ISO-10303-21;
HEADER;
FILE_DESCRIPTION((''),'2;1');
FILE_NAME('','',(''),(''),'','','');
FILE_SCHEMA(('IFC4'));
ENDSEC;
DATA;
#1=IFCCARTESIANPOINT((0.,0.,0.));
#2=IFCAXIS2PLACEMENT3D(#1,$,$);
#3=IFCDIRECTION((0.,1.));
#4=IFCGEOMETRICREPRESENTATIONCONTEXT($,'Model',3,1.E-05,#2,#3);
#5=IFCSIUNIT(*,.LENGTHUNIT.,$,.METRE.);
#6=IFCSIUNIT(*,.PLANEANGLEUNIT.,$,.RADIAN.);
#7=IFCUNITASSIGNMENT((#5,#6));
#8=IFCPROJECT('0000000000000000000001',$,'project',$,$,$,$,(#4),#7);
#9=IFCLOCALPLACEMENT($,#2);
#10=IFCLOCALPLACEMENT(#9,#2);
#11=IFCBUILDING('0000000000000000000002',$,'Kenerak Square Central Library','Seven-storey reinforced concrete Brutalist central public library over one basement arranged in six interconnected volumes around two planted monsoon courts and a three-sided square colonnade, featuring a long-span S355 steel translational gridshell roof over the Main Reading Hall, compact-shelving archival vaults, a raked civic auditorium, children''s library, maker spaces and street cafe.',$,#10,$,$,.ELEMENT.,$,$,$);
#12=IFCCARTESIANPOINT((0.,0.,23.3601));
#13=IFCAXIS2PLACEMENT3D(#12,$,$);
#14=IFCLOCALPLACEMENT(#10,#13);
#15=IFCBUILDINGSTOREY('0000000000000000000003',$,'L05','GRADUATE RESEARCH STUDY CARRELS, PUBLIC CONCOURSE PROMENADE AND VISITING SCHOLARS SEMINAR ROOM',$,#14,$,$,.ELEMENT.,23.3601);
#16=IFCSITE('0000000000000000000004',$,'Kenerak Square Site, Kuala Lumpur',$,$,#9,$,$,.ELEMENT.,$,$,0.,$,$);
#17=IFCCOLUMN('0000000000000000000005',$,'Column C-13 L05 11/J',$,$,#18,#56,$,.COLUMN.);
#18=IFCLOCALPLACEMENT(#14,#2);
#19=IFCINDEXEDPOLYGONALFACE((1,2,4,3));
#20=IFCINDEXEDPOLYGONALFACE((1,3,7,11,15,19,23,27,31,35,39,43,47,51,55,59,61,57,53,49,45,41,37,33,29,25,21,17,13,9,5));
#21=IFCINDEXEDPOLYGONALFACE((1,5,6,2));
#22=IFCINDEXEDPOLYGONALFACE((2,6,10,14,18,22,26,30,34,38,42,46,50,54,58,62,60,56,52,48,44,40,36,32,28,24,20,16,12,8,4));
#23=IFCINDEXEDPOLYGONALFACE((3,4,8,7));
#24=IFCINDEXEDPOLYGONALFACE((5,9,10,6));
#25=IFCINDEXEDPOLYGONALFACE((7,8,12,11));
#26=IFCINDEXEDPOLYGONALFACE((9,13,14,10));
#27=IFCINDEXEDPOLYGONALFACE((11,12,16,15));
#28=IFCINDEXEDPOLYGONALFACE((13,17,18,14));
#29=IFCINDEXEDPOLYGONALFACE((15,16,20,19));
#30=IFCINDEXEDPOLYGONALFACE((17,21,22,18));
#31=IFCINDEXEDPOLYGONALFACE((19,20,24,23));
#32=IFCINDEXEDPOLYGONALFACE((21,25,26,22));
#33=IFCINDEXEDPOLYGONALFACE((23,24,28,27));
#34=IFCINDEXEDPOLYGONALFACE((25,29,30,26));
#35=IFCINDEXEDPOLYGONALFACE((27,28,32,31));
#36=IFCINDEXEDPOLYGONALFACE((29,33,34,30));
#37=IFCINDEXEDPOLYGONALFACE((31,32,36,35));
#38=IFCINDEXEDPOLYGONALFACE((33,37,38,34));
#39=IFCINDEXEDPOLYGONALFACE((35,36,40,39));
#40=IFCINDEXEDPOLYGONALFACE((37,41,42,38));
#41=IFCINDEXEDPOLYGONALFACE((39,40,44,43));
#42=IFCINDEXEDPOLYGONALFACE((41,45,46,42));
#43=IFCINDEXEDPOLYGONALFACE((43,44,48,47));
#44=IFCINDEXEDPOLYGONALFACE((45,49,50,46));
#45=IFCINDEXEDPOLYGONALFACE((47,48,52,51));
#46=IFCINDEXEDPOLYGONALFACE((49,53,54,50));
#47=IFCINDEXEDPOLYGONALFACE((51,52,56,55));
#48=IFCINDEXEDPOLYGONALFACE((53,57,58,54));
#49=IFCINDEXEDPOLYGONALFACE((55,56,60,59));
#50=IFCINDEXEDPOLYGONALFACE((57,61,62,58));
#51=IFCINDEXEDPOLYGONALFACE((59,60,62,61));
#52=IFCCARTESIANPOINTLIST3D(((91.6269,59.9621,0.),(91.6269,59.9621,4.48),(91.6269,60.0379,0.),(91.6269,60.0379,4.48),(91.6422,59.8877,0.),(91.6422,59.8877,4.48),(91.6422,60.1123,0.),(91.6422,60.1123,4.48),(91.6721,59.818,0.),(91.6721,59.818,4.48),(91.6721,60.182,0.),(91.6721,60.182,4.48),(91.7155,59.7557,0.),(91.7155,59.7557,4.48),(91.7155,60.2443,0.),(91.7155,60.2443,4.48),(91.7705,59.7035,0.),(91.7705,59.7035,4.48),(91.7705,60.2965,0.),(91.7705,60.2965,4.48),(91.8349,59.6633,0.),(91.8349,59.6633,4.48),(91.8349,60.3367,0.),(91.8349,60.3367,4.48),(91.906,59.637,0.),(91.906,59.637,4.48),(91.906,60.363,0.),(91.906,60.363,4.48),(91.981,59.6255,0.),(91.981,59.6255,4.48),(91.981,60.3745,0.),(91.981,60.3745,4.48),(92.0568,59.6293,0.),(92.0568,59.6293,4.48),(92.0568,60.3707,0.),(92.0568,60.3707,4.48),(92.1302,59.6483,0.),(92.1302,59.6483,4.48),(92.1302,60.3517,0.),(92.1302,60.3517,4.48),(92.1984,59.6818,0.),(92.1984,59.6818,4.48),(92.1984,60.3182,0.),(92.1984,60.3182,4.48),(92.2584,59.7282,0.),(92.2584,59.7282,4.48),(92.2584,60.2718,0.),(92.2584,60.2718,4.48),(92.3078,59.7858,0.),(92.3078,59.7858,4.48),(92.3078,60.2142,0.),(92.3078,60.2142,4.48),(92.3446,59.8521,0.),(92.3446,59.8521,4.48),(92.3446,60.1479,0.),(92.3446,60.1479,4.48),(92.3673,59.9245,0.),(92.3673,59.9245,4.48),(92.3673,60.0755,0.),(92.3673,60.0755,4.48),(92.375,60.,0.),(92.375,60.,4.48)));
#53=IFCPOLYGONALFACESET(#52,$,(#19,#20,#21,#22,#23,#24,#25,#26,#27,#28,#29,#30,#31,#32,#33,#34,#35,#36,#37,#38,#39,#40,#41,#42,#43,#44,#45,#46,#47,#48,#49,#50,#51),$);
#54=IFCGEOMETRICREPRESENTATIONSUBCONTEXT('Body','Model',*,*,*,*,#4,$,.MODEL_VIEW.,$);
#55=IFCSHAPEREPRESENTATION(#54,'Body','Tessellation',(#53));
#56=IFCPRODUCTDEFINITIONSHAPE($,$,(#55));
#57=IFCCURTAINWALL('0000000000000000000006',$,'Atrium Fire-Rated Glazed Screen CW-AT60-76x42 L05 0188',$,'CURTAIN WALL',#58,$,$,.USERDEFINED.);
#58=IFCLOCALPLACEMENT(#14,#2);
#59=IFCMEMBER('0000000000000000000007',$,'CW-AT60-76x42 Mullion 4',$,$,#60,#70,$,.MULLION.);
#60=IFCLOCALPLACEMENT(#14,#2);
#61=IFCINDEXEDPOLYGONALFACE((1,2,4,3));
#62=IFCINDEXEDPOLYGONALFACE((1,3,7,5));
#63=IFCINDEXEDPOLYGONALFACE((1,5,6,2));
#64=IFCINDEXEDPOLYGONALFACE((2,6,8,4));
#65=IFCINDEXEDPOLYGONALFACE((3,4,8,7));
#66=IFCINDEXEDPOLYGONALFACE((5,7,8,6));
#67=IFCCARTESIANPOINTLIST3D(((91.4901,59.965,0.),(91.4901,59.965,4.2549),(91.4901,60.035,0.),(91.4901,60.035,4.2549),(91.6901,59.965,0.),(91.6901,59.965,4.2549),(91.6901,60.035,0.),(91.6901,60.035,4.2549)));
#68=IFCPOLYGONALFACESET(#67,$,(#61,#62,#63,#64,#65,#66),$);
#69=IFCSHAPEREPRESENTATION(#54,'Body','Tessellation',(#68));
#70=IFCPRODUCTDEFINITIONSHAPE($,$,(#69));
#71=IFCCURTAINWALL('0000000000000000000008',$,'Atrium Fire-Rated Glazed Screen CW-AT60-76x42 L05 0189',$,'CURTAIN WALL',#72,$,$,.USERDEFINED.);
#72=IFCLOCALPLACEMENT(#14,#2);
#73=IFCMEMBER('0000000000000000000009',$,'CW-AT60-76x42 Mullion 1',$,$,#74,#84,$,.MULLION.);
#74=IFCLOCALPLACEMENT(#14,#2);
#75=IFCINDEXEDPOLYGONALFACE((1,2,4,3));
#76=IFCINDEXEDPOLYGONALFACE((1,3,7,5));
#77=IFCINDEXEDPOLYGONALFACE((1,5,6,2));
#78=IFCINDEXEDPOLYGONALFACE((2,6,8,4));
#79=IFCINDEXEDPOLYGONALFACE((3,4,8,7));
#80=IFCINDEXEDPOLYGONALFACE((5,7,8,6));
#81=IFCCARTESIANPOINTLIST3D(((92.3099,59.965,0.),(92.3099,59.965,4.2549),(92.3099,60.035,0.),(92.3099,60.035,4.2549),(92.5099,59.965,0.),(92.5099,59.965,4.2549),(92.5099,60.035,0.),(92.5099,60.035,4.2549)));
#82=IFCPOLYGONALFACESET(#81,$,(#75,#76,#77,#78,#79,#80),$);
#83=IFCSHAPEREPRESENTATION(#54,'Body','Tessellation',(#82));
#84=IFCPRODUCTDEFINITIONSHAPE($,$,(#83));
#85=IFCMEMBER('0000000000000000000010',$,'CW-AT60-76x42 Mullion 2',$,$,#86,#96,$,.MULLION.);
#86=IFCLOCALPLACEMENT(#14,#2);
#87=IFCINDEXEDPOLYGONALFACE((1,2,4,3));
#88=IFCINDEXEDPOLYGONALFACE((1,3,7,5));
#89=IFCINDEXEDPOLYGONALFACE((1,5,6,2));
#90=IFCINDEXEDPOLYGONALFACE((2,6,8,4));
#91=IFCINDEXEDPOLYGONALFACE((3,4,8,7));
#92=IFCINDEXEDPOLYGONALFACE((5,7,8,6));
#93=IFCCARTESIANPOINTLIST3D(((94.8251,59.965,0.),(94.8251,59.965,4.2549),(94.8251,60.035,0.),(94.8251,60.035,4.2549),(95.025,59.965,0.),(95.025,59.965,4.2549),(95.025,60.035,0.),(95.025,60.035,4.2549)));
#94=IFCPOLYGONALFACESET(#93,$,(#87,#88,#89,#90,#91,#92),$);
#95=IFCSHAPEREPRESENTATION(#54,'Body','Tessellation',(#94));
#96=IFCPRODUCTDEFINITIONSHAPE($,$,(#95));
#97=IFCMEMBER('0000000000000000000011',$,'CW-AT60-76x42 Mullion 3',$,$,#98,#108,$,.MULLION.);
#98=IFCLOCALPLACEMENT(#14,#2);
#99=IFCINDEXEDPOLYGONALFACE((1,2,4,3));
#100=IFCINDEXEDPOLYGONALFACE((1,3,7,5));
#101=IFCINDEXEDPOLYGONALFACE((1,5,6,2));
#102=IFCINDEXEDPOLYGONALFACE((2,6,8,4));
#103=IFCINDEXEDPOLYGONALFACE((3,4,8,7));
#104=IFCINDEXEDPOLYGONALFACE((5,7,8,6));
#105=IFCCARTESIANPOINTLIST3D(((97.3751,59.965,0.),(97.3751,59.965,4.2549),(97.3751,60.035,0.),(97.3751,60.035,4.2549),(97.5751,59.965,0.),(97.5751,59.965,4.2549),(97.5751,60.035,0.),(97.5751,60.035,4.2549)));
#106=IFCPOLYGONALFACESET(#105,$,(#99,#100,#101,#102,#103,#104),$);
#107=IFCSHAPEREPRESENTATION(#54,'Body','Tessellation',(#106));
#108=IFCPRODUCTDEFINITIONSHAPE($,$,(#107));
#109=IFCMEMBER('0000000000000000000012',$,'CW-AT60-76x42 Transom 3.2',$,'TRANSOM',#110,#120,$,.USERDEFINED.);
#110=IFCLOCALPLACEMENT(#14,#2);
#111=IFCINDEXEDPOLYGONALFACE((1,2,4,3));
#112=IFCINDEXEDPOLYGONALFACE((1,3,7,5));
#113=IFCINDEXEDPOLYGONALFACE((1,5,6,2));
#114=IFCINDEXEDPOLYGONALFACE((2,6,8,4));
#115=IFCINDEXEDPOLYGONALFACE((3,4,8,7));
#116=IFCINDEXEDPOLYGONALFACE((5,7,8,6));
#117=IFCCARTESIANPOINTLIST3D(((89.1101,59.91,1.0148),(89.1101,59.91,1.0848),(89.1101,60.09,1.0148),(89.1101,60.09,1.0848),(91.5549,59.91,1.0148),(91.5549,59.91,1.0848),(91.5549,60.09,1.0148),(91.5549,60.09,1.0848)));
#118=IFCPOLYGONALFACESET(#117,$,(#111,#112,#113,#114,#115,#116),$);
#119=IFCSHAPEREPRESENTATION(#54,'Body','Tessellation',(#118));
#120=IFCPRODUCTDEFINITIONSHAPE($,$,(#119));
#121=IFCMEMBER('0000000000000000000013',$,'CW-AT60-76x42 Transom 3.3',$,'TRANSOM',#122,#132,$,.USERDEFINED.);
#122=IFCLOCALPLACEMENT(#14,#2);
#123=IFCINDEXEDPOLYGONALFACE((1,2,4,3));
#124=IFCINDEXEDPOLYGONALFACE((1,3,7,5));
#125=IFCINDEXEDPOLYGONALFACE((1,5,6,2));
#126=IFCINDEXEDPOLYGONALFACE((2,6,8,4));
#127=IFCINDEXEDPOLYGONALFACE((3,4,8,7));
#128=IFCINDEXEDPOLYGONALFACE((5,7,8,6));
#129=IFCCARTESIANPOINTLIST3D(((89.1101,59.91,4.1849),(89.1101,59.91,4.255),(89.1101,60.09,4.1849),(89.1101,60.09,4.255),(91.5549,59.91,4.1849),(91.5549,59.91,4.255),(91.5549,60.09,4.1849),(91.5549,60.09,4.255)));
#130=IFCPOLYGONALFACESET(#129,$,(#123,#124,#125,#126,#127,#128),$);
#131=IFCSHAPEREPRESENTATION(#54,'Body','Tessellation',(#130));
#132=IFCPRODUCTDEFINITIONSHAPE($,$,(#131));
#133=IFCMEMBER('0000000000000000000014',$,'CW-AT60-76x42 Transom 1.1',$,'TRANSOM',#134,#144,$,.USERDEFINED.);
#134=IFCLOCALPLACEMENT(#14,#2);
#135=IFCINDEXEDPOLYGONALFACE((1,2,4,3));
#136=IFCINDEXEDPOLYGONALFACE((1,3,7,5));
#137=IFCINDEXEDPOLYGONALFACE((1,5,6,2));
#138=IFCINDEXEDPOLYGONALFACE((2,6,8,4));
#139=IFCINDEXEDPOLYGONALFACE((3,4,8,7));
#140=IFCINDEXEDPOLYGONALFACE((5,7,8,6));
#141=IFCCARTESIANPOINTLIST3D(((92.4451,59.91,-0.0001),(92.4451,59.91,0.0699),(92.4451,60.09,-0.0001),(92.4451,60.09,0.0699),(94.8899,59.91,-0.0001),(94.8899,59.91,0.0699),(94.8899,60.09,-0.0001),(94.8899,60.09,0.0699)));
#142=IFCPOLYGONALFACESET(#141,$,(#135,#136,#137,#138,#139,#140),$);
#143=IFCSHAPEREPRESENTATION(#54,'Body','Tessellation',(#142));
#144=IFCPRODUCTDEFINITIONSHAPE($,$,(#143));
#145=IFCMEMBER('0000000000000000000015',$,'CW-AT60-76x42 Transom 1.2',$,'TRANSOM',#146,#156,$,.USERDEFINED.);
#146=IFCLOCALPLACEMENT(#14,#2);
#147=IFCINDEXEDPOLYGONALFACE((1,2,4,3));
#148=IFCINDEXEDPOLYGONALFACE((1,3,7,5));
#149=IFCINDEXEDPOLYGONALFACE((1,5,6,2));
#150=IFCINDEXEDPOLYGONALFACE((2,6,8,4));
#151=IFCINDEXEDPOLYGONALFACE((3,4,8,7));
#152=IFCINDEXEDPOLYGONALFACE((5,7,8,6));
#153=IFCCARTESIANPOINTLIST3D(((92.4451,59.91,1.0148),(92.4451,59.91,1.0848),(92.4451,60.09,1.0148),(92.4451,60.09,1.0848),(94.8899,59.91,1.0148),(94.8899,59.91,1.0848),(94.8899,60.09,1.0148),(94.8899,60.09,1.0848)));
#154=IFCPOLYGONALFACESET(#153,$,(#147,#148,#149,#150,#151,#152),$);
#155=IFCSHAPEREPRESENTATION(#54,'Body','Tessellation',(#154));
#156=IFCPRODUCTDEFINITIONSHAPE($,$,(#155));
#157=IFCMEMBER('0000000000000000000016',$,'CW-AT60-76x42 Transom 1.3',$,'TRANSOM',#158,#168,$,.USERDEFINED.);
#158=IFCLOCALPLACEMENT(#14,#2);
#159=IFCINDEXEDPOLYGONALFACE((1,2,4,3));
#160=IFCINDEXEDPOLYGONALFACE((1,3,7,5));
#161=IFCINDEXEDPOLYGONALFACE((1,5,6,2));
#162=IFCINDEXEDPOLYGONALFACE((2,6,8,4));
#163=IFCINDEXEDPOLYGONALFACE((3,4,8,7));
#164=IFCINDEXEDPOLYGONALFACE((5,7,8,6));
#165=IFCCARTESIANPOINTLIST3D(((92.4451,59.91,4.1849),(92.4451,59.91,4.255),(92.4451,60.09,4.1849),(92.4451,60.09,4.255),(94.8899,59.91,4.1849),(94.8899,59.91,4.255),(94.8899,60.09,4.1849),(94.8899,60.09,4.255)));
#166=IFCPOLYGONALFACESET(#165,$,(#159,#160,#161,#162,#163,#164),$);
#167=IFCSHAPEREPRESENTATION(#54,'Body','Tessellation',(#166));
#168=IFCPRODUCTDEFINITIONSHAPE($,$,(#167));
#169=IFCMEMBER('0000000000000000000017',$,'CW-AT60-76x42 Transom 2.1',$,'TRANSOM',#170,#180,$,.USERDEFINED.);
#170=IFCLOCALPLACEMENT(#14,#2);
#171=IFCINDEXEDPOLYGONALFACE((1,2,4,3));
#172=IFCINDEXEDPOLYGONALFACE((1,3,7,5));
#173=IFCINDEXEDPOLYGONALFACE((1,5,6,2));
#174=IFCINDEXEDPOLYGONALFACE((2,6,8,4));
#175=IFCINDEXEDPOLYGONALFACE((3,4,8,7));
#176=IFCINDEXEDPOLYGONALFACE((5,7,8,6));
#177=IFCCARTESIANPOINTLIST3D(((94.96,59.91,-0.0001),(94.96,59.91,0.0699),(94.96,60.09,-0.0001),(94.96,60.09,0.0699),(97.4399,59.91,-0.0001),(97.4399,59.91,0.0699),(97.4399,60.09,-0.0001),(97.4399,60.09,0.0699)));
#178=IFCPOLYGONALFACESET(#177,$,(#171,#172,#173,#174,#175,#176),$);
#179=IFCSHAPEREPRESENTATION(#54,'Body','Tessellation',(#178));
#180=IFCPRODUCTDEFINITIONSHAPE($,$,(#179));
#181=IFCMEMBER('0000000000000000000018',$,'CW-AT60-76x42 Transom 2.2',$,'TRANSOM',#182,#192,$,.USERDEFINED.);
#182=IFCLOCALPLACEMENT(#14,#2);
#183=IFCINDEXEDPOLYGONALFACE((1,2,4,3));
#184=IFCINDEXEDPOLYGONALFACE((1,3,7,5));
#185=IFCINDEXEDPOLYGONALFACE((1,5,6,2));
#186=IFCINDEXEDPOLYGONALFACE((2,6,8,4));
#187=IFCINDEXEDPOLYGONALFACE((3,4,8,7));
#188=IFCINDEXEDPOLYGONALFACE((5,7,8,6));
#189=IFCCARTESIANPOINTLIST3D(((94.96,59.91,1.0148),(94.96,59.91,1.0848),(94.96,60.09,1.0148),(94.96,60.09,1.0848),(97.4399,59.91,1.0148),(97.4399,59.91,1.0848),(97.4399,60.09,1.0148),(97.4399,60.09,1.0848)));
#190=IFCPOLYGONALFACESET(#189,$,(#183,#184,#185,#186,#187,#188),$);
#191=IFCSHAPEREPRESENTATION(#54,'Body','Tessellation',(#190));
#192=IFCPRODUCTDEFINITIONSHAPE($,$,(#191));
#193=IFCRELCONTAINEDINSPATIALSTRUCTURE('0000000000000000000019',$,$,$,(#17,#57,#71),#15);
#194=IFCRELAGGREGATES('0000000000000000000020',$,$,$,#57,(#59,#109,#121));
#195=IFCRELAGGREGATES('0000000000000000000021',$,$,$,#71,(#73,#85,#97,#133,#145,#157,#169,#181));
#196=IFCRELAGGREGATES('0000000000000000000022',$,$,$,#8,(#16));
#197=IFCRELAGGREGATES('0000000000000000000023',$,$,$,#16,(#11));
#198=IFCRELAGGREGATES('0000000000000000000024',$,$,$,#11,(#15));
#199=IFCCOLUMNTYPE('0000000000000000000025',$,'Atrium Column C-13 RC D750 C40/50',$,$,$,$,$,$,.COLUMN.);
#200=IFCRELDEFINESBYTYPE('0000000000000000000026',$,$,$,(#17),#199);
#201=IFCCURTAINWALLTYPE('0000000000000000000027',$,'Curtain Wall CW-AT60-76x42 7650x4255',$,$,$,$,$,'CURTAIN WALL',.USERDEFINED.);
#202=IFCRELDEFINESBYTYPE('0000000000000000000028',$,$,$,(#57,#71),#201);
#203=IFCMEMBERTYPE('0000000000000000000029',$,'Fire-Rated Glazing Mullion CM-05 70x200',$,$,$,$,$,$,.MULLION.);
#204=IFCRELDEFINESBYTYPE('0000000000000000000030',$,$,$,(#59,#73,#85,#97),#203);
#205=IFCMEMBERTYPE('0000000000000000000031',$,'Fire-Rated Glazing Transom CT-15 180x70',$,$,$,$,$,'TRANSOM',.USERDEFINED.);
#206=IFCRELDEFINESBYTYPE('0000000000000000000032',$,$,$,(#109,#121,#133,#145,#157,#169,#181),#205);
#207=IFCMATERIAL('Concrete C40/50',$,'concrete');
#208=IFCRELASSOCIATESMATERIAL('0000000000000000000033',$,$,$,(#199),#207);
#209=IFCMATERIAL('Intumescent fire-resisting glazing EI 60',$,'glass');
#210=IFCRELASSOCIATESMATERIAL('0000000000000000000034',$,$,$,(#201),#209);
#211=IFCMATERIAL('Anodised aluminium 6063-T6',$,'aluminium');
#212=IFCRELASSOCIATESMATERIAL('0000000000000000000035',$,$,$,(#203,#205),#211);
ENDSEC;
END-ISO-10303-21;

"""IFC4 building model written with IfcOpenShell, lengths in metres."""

from ifc_helpers import new_model, si_unit, direction, frame, origin, origin_2d, place, context, subcontext, project, spatial, rectangle, circle, extrude, material, material_profile, profile_set, type_object, element, aggregate, save


model = new_model("IFC4")

# Units and contexts
model_context = context("Model", 3, precision=1e-05, world=origin(), true_north=direction((0.0, 1.0)))
body_context = subcontext(model_context, "Body", "Model", "MODEL_VIEW")
ifc_project = project(units=[si_unit("LENGTHUNIT", "METRE"), si_unit("PLANEANGLEUNIT", "RADIAN")], contexts=[model_context])

# Site, building, storey
site_placement = place(None, origin())
site = spatial("IfcSite", under=ifc_project, at=site_placement, Name="Kenerak Square Site, Kuala Lumpur", CompositionType="ELEMENT", RefElevation=0.0)
building_placement = place(site_placement, origin())
building = spatial("IfcBuilding", under=site, at=building_placement, Name="Kenerak Square Central Library", Description="Seven-storey reinforced concrete Brutalist central public library over one basement arranged in six interconnected volumes around two planted monsoon courts and a three-sided square colonnade, featuring a long-span S355 steel translational gridshell roof over the Main Reading Hall, compact-shelving archival vaults, a raked civic auditorium, children's library, maker spaces and street cafe.", CompositionType="ELEMENT")
storey_placement = place(building_placement, frame((0.0, 0.0, 23.3601)))
storey = spatial("IfcBuildingStorey", under=building, at=storey_placement, Name="L05", Description="GRADUATE RESEARCH STUDY CARRELS, PUBLIC CONCOURSE PROMENADE AND VISITING SCHOLARS SEMINAR ROOM", CompositionType="ELEMENT", Elevation=23.3601)

# Column
ifc_material_1 = material(Name="Concrete C40/50", Category="concrete")
ifc_material_profile_1 = material_profile(ifc_material_1, circle(Radius=0.375, at=origin_2d()), Name="RC D750")
ifc_profile_set_1 = profile_set([ifc_material_profile_1], Name="Concrete C40/50")
column_type = type_object("IfcColumnType", Name="Atrium Column C-13 RC D750 C40/50", PredefinedType="COLUMN", material=ifc_profile_set_1)
column_placement = place(storey_placement, frame((92.0, 60.0, 0.0), z_axis=(0.0, 0.0, 1.0), x_axis=(1.0, 0.0, 0.0)))
element("IfcColumn", 1, at=column_placement, inside=storey, type_object=column_type, Name="Column C-13 L05 11/J", PredefinedType="COLUMN", context=body_context, shape_type="SweptSolid", body=[
    extrude(circle(Radius=0.375, at=origin_2d()), origin(), (0.0, 0.0, 1.0), 4.48),
])

# Curtain wall, member
ifc_material_2 = material(Name="Intumescent fire-resisting glazing EI 60", Category="glass")
curtain_wall_type = type_object("IfcCurtainWallType", Name="Curtain Wall CW-AT60-76x42 7650x4255", ElementType="CURTAIN WALL", PredefinedType="USERDEFINED", material=ifc_material_2)
curtain_wall_1_placement = place(storey_placement, origin())
curtain_wall_1 = element("IfcCurtainWall", 2, at=curtain_wall_1_placement, inside=storey, type_object=curtain_wall_type, Name="Atrium Fire-Rated Glazed Screen CW-AT60-76x42 L05 0188", ObjectType="CURTAIN WALL", PredefinedType="USERDEFINED")
ifc_material_3 = material(Name="Anodised aluminium 6063-T6", Category="aluminium")
ifc_material_profile_2 = material_profile(ifc_material_3, rectangle(XDim=0.0701, YDim=0.2, at=origin_2d()), Name="AL MULLION 70x200")
ifc_profile_set_2 = profile_set([ifc_material_profile_2], Name="Anodised aluminium 6063-T6")
member_type_1 = type_object("IfcMemberType", Name="Fire-Rated Glazing Mullion CM-05 70x200", PredefinedType="MULLION", material=ifc_profile_set_2)
member_1_placement = place(storey_placement, frame((91.5901, 60.0, 0.0), z_axis=(0.0, 0.0, 1.0), x_axis=(0.0, 1.0, 0.0)))
member_1 = element("IfcMember", 3, at=member_1_placement, type_object=member_type_1, Name="CW-AT60-76x42 Mullion 4", PredefinedType="MULLION", context=body_context, shape_type="SweptSolid", body=[
    extrude(rectangle(XDim=0.0701, YDim=0.2, at=origin_2d()), origin(), (0.0, 0.0, 1.0), 4.2549),
])

# Curtain wall, members
curtain_wall_2_placement = place(storey_placement, origin())
curtain_wall_2 = element("IfcCurtainWall", 4, at=curtain_wall_2_placement, inside=storey, type_object=curtain_wall_type, Name="Atrium Fire-Rated Glazed Screen CW-AT60-76x42 L05 0189", ObjectType="CURTAIN WALL", PredefinedType="USERDEFINED")
member_2_placement = place(storey_placement, frame((92.4099, 60.0, 0.0), z_axis=(0.0, 0.0, 1.0), x_axis=(0.0, 1.0, 0.0)))
member_2 = element("IfcMember", 5, at=member_2_placement, type_object=member_type_1, Name="CW-AT60-76x42 Mullion 1", PredefinedType="MULLION", context=body_context, shape_type="SweptSolid", body=[
    extrude(rectangle(XDim=0.0701, YDim=0.2, at=origin_2d()), origin(), (0.0, 0.0, 1.0), 4.2549),
])
member_3_placement = place(storey_placement, frame((94.925, 60.0, 0.0), z_axis=(0.0, 0.0, 1.0), x_axis=(0.0, 1.0, 0.0)))
member_3 = element("IfcMember", 6, at=member_3_placement, type_object=member_type_1, Name="CW-AT60-76x42 Mullion 2", PredefinedType="MULLION", context=body_context, shape_type="SweptSolid", body=[
    extrude(rectangle(XDim=0.0701, YDim=0.2, at=origin_2d()), origin(), (0.0, 0.0, 1.0), 4.2549),
])
member_4_placement = place(storey_placement, frame((97.4751, 60.0, 0.0), z_axis=(0.0, 0.0, 1.0), x_axis=(0.0, 1.0, 0.0)))
member_4 = element("IfcMember", 7, at=member_4_placement, type_object=member_type_1, Name="CW-AT60-76x42 Mullion 3", PredefinedType="MULLION", context=body_context, shape_type="SweptSolid", body=[
    extrude(rectangle(XDim=0.0701, YDim=0.2, at=origin_2d()), origin(), (0.0, 0.0, 1.0), 4.2549),
])

# Members
ifc_material_profile_3 = material_profile(ifc_material_3, rectangle(XDim=0.1799, YDim=0.0701, at=origin_2d()), Name="AL TRANSOM 180x70")
ifc_profile_set_3 = profile_set([ifc_material_profile_3], Name="Anodised aluminium 6063-T6")
member_type_2 = type_object("IfcMemberType", Name="Fire-Rated Glazing Transom CT-15 180x70", ElementType="TRANSOM", PredefinedType="USERDEFINED", material=ifc_profile_set_3)
member_5_placement = place(storey_placement, frame((89.1101, 60.0, 1.0498), z_axis=(1.0, 0.0, 0.0), x_axis=(0.0, 1.0, 0.0)))
member_5 = element("IfcMember", 8, at=member_5_placement, type_object=member_type_2, Name="CW-AT60-76x42 Transom 3.2", ObjectType="TRANSOM", PredefinedType="USERDEFINED", context=body_context, shape_type="SweptSolid", body=[
    extrude(rectangle(XDim=0.1799, YDim=0.0701, at=origin_2d()), origin(), (0.0, 0.0, 1.0), 2.4448),
])
member_6_placement = place(storey_placement, frame((89.1101, 60.0, 4.22), z_axis=(1.0, 0.0, 0.0), x_axis=(0.0, 1.0, 0.0)))
member_6 = element("IfcMember", 9, at=member_6_placement, type_object=member_type_2, Name="CW-AT60-76x42 Transom 3.3", ObjectType="TRANSOM", PredefinedType="USERDEFINED", context=body_context, shape_type="SweptSolid", body=[
    extrude(rectangle(XDim=0.1799, YDim=0.0701, at=origin_2d()), origin(), (0.0, 0.0, 1.0), 2.4448),
])
member_7_placement = place(storey_placement, frame((92.4451, 60.0, 0.0349), z_axis=(1.0, 0.0, 0.0), x_axis=(0.0, 1.0, 0.0)))
member_7 = element("IfcMember", 10, at=member_7_placement, type_object=member_type_2, Name="CW-AT60-76x42 Transom 1.1", ObjectType="TRANSOM", PredefinedType="USERDEFINED", context=body_context, shape_type="SweptSolid", body=[
    extrude(rectangle(XDim=0.1799, YDim=0.0701, at=origin_2d()), origin(), (0.0, 0.0, 1.0), 2.4448),
])
member_8_placement = place(storey_placement, frame((92.4451, 60.0, 1.0498), z_axis=(1.0, 0.0, 0.0), x_axis=(0.0, 1.0, 0.0)))
member_8 = element("IfcMember", 11, at=member_8_placement, type_object=member_type_2, Name="CW-AT60-76x42 Transom 1.2", ObjectType="TRANSOM", PredefinedType="USERDEFINED", context=body_context, shape_type="SweptSolid", body=[
    extrude(rectangle(XDim=0.1799, YDim=0.0701, at=origin_2d()), origin(), (0.0, 0.0, 1.0), 2.4448),
])
member_9_placement = place(storey_placement, frame((92.4451, 60.0, 4.22), z_axis=(1.0, 0.0, 0.0), x_axis=(0.0, 1.0, 0.0)))
member_9 = element("IfcMember", 12, at=member_9_placement, type_object=member_type_2, Name="CW-AT60-76x42 Transom 1.3", ObjectType="TRANSOM", PredefinedType="USERDEFINED", context=body_context, shape_type="SweptSolid", body=[
    extrude(rectangle(XDim=0.1799, YDim=0.0701, at=origin_2d()), origin(), (0.0, 0.0, 1.0), 2.4448),
])
member_10_placement = place(storey_placement, frame((94.96, 60.0, 0.0349), z_axis=(1.0, 0.0, 0.0), x_axis=(0.0, 1.0, 0.0)))
member_10 = element("IfcMember", 13, at=member_10_placement, type_object=member_type_2, Name="CW-AT60-76x42 Transom 2.1", ObjectType="TRANSOM", PredefinedType="USERDEFINED", context=body_context, shape_type="SweptSolid", body=[
    extrude(rectangle(XDim=0.1799, YDim=0.0701, at=origin_2d()), origin(), (0.0, 0.0, 1.0), 2.48),
])
member_11_placement = place(storey_placement, frame((94.96, 60.0, 1.0498), z_axis=(1.0, 0.0, 0.0), x_axis=(0.0, 1.0, 0.0)))
member_11 = element("IfcMember", 14, at=member_11_placement, type_object=member_type_2, Name="CW-AT60-76x42 Transom 2.2", ObjectType="TRANSOM", PredefinedType="USERDEFINED", context=body_context, shape_type="SweptSolid", body=[
    extrude(rectangle(XDim=0.1799, YDim=0.0701, at=origin_2d()), origin(), (0.0, 0.0, 1.0), 2.48),
])

aggregate(curtain_wall_1, [member_1, member_5, member_6])
aggregate(curtain_wall_2, [member_2, member_3, member_4, member_7, member_8, member_9, member_10, member_11])

save(model, "model.ifc")
